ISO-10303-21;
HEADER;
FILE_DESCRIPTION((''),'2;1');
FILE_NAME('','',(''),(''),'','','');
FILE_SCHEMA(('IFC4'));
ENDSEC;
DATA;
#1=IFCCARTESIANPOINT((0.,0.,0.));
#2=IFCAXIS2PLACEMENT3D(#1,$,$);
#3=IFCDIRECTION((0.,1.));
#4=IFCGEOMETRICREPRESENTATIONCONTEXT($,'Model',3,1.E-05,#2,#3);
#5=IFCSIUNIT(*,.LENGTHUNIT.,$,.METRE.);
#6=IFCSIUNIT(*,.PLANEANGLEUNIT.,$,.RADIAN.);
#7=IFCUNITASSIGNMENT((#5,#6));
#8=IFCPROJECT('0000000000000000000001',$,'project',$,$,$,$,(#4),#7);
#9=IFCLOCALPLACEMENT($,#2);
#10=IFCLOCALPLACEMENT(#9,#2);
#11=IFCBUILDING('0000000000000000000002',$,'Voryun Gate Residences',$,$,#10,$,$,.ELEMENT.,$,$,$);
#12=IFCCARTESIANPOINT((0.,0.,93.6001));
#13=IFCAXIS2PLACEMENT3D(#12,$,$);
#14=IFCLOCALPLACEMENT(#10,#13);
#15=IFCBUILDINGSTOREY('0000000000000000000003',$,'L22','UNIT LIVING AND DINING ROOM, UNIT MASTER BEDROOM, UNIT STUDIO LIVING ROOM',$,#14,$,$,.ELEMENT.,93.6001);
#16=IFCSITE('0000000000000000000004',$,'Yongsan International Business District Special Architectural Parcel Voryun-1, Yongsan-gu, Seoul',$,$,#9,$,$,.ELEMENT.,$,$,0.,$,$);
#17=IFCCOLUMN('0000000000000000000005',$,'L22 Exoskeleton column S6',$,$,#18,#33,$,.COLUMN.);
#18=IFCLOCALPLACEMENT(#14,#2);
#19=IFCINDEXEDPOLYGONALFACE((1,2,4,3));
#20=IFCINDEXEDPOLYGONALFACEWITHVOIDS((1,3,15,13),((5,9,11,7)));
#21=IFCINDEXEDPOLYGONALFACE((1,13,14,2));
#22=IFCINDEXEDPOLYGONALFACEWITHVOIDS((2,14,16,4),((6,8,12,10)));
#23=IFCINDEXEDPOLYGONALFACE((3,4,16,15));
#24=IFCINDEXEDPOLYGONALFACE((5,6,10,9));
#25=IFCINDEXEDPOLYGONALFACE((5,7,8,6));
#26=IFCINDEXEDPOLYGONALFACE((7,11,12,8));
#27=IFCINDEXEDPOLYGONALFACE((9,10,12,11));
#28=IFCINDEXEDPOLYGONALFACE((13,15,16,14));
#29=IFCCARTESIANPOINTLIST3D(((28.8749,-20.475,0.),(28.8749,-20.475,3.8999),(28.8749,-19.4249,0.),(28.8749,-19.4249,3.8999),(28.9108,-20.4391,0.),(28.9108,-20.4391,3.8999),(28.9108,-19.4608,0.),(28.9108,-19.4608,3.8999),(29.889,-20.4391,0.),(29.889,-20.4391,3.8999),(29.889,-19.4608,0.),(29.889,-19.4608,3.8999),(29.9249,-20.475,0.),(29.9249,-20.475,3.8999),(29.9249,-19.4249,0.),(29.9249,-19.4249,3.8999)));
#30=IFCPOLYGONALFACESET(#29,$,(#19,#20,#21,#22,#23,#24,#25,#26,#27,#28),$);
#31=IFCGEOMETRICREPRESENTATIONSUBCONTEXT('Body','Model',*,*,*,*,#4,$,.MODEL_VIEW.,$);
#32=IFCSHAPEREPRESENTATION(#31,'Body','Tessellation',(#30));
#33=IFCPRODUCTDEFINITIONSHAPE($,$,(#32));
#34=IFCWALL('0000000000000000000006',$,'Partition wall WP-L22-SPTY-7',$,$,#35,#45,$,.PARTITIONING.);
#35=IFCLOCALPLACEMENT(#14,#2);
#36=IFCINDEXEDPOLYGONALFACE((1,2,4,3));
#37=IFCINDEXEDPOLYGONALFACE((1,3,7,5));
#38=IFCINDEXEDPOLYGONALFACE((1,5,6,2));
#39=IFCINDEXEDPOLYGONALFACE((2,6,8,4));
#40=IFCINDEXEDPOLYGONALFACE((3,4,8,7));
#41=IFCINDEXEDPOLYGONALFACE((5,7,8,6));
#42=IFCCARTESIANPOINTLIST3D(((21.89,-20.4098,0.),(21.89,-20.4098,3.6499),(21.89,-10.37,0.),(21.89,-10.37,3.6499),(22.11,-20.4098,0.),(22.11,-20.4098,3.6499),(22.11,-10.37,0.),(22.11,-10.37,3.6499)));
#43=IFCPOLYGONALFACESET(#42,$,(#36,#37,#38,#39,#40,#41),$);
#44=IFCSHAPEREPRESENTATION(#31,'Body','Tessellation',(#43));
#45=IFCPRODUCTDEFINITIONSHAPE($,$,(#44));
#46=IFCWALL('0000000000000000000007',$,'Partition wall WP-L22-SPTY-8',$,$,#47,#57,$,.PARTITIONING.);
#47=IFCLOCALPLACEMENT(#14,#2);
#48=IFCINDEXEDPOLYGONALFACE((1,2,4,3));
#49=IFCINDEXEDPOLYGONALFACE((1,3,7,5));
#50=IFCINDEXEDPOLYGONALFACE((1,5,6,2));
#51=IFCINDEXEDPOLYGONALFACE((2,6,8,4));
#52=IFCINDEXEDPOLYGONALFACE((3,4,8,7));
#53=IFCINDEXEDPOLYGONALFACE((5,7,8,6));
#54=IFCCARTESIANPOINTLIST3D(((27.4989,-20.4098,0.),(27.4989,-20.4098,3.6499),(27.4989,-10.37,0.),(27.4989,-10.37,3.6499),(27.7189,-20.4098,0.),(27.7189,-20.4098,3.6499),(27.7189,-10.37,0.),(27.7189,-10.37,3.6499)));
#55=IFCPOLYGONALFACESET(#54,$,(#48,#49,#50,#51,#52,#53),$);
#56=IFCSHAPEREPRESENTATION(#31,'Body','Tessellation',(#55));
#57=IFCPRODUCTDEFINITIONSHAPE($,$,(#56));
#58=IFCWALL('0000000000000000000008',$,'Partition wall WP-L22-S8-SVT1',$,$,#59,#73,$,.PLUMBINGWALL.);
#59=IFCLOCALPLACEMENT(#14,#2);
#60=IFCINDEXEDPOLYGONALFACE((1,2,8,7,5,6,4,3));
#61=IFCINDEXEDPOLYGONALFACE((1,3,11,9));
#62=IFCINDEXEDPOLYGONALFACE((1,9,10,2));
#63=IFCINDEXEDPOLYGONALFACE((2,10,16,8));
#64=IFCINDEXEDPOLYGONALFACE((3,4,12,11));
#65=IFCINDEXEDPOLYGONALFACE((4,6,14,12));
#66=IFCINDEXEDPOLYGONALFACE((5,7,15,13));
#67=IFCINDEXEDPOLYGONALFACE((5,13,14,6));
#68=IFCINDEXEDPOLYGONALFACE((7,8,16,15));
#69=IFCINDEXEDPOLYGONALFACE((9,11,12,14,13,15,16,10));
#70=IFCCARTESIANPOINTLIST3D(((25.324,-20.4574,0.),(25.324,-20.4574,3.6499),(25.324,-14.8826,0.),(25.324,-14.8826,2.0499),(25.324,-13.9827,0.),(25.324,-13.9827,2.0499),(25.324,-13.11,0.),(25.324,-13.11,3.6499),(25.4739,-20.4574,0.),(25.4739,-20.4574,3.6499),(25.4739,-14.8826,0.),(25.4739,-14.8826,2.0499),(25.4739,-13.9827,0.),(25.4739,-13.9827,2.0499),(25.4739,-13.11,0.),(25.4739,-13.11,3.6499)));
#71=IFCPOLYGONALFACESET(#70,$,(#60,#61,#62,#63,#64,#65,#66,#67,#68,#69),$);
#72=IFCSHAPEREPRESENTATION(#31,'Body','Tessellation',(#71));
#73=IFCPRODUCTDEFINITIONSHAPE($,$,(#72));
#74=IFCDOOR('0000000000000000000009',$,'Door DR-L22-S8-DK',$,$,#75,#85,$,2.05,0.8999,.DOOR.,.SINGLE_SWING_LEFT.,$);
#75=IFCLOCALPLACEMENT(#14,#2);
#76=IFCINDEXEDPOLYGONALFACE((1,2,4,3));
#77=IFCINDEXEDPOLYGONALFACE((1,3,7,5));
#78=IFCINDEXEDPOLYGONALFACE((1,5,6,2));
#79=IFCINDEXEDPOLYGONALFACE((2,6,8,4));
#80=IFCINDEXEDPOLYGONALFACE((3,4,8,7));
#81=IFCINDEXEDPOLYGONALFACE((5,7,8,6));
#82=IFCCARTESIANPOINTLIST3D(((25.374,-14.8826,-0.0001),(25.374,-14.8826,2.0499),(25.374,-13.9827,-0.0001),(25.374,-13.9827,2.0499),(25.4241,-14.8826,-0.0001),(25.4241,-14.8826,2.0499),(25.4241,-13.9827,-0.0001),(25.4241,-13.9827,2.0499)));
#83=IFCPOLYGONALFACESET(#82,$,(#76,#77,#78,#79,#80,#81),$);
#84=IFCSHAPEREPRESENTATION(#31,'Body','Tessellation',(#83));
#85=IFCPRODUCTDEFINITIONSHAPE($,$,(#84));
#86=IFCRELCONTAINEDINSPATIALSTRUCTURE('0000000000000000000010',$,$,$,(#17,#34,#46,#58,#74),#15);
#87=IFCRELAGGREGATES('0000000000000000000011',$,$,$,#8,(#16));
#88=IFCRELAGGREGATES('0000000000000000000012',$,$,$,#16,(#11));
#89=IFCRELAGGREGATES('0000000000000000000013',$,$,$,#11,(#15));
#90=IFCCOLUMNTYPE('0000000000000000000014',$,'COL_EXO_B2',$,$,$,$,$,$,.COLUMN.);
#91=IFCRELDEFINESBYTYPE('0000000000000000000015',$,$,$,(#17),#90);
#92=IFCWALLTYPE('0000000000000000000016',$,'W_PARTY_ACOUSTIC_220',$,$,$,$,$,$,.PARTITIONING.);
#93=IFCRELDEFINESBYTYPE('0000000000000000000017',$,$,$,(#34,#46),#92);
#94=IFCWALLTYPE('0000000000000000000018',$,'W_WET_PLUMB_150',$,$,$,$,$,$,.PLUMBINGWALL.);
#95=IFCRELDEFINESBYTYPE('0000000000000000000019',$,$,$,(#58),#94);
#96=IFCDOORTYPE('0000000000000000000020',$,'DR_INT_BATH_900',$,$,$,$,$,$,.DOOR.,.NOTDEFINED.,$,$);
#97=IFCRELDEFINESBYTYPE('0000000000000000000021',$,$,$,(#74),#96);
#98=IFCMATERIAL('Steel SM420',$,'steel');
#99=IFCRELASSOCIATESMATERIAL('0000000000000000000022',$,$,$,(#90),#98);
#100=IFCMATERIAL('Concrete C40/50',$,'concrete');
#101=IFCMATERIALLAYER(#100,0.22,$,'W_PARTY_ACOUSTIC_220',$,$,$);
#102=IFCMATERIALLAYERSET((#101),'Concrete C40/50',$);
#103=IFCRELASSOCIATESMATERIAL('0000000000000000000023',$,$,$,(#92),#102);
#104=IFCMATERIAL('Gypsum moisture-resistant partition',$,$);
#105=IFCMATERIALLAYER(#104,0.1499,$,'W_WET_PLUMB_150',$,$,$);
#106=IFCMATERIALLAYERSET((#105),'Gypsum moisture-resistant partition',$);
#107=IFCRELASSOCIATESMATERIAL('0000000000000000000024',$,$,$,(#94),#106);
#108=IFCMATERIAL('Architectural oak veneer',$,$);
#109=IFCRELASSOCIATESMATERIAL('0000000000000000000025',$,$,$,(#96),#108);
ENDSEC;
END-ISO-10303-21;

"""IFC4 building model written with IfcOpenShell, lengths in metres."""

from ifc_helpers import new_model, si_unit, direction, frame, frame_2d, origin, origin_2d, place, context, subcontext, project, spatial, rectangle, hollow_rectangle, extrude, material, layer, layer_set, material_profile, profile_set, type_object, element, fill, save


model = new_model("IFC4")

# Units and contexts
model_context = context("Model", 3, precision=1e-05, world=origin(), true_north=direction((0.0, 1.0)))
body_context = subcontext(model_context, "Body", "Model", "MODEL_VIEW")
ifc_project = project(units=[si_unit("LENGTHUNIT", "METRE"), si_unit("PLANEANGLEUNIT", "RADIAN")], contexts=[model_context])

# Site, building, storey
site_placement = place(None, origin())
site = spatial("IfcSite", under=ifc_project, at=site_placement, Name="Yongsan International Business District Special Architectural Parcel Voryun-1, Yongsan-gu, Seoul", CompositionType="ELEMENT", RefElevation=0.0)
building_placement = place(site_placement, origin())
building = spatial("IfcBuilding", under=site, at=building_placement, Name="Voryun Gate Residences", CompositionType="ELEMENT")
storey_placement = place(building_placement, frame((0.0, 0.0, 93.6001)))
storey = spatial("IfcBuildingStorey", under=building, at=storey_placement, Name="L22", Description="UNIT LIVING AND DINING ROOM, UNIT MASTER BEDROOM, UNIT STUDIO LIVING ROOM", CompositionType="ELEMENT", Elevation=93.6001)

# Column
ifc_material_1 = material(Name="Steel SM420", Category="steel")
ifc_material_profile = material_profile(ifc_material_1, hollow_rectangle(XDim=1.05, YDim=1.05, WallThickness=0.0359, at=origin_2d()), Name="BOX-1050x1050x36")
ifc_profile_set = profile_set([ifc_material_profile], Name="Steel SM420")
column_type = type_object("IfcColumnType", Name="COL_EXO_B2", PredefinedType="COLUMN", material=ifc_profile_set)
column_placement = place(storey_placement, frame((29.3999, -19.95, 0.0), z_axis=(0.0, 0.0, 1.0), x_axis=(1.0, 0.0, 0.0)))
element("IfcColumn", 1, at=column_placement, inside=storey, type_object=column_type, Name="L22 Exoskeleton column S6", PredefinedType="COLUMN", context=body_context, shape_type="SweptSolid", body=[
    extrude(hollow_rectangle(XDim=1.05, YDim=1.05, WallThickness=0.0359, at=origin_2d()), origin(), (0.0, 0.0, 1.0), 3.8999),
])

# Walls
ifc_material_2 = material(Name="Concrete C40/50", Category="concrete")
ifc_layer_1 = layer(ifc_material_2, 0.22, Name="W_PARTY_ACOUSTIC_220")
ifc_layer_set_1 = layer_set([ifc_layer_1], Name="Concrete C40/50")
wall_type_1 = type_object("IfcWallType", Name="W_PARTY_ACOUSTIC_220", PredefinedType="PARTITIONING", material=ifc_layer_set_1)
for number, where, z_axis, x_axis, name in (
    (2, (22.0, -20.4099, 0.0), (0.0, 0.0, 1.0), (0.0, 1.0, 0.0), "Partition wall WP-L22-SPTY-7"),
    (3, (27.6089, -20.4099, 0.0), (0.0, 0.0, 1.0), (0.0, 1.0, 0.0), "Partition wall WP-L22-SPTY-8"),
):
    element("IfcWall", number, at=place(storey_placement, frame(where, z_axis=z_axis, x_axis=x_axis)), inside=storey, type_object=wall_type_1, Name=name, PredefinedType="PARTITIONING", context=body_context, shape_type="SweptSolid", body=[
        extrude(rectangle(XDim=10.0398, YDim=0.22, at=frame_2d((5.02, 0.0))), origin(), (0.0, 0.0, 1.0), 3.6499),
    ])

# Wall, opening, door
ifc_material_3 = material(Name="Gypsum moisture-resistant partition")
ifc_layer_2 = layer(ifc_material_3, 0.1499, Name="W_WET_PLUMB_150")
ifc_layer_set_2 = layer_set([ifc_layer_2], Name="Gypsum moisture-resistant partition")
wall_type_2 = type_object("IfcWallType", Name="W_WET_PLUMB_150", PredefinedType="PLUMBINGWALL", material=ifc_layer_set_2)
wall_1_placement = place(storey_placement, frame((25.3989, -20.4575, 0.0), z_axis=(0.0, 0.0, 1.0), x_axis=(0.0, 1.0, 0.0)))
wall_1 = element("IfcWall", 4, at=wall_1_placement, inside=storey, type_object=wall_type_2, Name="Partition wall WP-L22-S8-SVT1", PredefinedType="PLUMBINGWALL", context=body_context, shape_type="SweptSolid", body=[
    extrude(rectangle(XDim=7.3474, YDim=0.1499, at=frame_2d((3.6738, 0.0))), origin(), (0.0, 0.0, 1.0), 3.6499),
])
opening_1_placement = place(wall_1_placement, frame((5.575, 0.0, 0.0)))
opening_1 = element("IfcOpeningElement", 5, at=opening_1_placement, cuts=wall_1, PredefinedType="OPENING", context=body_context, shape_type="SweptSolid", body=[
    extrude(rectangle(XDim=0.8999, YDim=2.05, at=frame_2d((0.45, 1.0249))), frame((0.0, 0.085, 0.0), z_axis=(0.0, -1.0, 0.0), x_axis=(1.0, 0.0, 0.0)), (0.0, 0.0, 1.0), 0.1699),
])
ifc_material_4 = material(Name="Architectural oak veneer")
door_type = type_object("IfcDoorType", Name="DR_INT_BATH_900", OperationType="NOTDEFINED", PredefinedType="DOOR", material=ifc_material_4)
door_placement = place(opening_1_placement, origin())
door = element("IfcDoor", 6, at=door_placement, inside=storey, type_object=door_type, Name="Door DR-L22-S8-DK", OperationType="SINGLE_SWING_LEFT", OverallHeight=2.05, OverallWidth=0.8999, PredefinedType="DOOR", context=body_context, shape_type="SweptSolid", body=[
    extrude(rectangle(XDim=0.8999, YDim=2.05, at=frame_2d((0.45, 1.0249))), frame((0.0, 0.0249, 0.0), z_axis=(0.0, -1.0, 0.0), x_axis=(1.0, 0.0, 0.0)), (0.0, 0.0, 1.0), 0.05),
])
fill(opening_1, door)

save(model, "model.ifc")
